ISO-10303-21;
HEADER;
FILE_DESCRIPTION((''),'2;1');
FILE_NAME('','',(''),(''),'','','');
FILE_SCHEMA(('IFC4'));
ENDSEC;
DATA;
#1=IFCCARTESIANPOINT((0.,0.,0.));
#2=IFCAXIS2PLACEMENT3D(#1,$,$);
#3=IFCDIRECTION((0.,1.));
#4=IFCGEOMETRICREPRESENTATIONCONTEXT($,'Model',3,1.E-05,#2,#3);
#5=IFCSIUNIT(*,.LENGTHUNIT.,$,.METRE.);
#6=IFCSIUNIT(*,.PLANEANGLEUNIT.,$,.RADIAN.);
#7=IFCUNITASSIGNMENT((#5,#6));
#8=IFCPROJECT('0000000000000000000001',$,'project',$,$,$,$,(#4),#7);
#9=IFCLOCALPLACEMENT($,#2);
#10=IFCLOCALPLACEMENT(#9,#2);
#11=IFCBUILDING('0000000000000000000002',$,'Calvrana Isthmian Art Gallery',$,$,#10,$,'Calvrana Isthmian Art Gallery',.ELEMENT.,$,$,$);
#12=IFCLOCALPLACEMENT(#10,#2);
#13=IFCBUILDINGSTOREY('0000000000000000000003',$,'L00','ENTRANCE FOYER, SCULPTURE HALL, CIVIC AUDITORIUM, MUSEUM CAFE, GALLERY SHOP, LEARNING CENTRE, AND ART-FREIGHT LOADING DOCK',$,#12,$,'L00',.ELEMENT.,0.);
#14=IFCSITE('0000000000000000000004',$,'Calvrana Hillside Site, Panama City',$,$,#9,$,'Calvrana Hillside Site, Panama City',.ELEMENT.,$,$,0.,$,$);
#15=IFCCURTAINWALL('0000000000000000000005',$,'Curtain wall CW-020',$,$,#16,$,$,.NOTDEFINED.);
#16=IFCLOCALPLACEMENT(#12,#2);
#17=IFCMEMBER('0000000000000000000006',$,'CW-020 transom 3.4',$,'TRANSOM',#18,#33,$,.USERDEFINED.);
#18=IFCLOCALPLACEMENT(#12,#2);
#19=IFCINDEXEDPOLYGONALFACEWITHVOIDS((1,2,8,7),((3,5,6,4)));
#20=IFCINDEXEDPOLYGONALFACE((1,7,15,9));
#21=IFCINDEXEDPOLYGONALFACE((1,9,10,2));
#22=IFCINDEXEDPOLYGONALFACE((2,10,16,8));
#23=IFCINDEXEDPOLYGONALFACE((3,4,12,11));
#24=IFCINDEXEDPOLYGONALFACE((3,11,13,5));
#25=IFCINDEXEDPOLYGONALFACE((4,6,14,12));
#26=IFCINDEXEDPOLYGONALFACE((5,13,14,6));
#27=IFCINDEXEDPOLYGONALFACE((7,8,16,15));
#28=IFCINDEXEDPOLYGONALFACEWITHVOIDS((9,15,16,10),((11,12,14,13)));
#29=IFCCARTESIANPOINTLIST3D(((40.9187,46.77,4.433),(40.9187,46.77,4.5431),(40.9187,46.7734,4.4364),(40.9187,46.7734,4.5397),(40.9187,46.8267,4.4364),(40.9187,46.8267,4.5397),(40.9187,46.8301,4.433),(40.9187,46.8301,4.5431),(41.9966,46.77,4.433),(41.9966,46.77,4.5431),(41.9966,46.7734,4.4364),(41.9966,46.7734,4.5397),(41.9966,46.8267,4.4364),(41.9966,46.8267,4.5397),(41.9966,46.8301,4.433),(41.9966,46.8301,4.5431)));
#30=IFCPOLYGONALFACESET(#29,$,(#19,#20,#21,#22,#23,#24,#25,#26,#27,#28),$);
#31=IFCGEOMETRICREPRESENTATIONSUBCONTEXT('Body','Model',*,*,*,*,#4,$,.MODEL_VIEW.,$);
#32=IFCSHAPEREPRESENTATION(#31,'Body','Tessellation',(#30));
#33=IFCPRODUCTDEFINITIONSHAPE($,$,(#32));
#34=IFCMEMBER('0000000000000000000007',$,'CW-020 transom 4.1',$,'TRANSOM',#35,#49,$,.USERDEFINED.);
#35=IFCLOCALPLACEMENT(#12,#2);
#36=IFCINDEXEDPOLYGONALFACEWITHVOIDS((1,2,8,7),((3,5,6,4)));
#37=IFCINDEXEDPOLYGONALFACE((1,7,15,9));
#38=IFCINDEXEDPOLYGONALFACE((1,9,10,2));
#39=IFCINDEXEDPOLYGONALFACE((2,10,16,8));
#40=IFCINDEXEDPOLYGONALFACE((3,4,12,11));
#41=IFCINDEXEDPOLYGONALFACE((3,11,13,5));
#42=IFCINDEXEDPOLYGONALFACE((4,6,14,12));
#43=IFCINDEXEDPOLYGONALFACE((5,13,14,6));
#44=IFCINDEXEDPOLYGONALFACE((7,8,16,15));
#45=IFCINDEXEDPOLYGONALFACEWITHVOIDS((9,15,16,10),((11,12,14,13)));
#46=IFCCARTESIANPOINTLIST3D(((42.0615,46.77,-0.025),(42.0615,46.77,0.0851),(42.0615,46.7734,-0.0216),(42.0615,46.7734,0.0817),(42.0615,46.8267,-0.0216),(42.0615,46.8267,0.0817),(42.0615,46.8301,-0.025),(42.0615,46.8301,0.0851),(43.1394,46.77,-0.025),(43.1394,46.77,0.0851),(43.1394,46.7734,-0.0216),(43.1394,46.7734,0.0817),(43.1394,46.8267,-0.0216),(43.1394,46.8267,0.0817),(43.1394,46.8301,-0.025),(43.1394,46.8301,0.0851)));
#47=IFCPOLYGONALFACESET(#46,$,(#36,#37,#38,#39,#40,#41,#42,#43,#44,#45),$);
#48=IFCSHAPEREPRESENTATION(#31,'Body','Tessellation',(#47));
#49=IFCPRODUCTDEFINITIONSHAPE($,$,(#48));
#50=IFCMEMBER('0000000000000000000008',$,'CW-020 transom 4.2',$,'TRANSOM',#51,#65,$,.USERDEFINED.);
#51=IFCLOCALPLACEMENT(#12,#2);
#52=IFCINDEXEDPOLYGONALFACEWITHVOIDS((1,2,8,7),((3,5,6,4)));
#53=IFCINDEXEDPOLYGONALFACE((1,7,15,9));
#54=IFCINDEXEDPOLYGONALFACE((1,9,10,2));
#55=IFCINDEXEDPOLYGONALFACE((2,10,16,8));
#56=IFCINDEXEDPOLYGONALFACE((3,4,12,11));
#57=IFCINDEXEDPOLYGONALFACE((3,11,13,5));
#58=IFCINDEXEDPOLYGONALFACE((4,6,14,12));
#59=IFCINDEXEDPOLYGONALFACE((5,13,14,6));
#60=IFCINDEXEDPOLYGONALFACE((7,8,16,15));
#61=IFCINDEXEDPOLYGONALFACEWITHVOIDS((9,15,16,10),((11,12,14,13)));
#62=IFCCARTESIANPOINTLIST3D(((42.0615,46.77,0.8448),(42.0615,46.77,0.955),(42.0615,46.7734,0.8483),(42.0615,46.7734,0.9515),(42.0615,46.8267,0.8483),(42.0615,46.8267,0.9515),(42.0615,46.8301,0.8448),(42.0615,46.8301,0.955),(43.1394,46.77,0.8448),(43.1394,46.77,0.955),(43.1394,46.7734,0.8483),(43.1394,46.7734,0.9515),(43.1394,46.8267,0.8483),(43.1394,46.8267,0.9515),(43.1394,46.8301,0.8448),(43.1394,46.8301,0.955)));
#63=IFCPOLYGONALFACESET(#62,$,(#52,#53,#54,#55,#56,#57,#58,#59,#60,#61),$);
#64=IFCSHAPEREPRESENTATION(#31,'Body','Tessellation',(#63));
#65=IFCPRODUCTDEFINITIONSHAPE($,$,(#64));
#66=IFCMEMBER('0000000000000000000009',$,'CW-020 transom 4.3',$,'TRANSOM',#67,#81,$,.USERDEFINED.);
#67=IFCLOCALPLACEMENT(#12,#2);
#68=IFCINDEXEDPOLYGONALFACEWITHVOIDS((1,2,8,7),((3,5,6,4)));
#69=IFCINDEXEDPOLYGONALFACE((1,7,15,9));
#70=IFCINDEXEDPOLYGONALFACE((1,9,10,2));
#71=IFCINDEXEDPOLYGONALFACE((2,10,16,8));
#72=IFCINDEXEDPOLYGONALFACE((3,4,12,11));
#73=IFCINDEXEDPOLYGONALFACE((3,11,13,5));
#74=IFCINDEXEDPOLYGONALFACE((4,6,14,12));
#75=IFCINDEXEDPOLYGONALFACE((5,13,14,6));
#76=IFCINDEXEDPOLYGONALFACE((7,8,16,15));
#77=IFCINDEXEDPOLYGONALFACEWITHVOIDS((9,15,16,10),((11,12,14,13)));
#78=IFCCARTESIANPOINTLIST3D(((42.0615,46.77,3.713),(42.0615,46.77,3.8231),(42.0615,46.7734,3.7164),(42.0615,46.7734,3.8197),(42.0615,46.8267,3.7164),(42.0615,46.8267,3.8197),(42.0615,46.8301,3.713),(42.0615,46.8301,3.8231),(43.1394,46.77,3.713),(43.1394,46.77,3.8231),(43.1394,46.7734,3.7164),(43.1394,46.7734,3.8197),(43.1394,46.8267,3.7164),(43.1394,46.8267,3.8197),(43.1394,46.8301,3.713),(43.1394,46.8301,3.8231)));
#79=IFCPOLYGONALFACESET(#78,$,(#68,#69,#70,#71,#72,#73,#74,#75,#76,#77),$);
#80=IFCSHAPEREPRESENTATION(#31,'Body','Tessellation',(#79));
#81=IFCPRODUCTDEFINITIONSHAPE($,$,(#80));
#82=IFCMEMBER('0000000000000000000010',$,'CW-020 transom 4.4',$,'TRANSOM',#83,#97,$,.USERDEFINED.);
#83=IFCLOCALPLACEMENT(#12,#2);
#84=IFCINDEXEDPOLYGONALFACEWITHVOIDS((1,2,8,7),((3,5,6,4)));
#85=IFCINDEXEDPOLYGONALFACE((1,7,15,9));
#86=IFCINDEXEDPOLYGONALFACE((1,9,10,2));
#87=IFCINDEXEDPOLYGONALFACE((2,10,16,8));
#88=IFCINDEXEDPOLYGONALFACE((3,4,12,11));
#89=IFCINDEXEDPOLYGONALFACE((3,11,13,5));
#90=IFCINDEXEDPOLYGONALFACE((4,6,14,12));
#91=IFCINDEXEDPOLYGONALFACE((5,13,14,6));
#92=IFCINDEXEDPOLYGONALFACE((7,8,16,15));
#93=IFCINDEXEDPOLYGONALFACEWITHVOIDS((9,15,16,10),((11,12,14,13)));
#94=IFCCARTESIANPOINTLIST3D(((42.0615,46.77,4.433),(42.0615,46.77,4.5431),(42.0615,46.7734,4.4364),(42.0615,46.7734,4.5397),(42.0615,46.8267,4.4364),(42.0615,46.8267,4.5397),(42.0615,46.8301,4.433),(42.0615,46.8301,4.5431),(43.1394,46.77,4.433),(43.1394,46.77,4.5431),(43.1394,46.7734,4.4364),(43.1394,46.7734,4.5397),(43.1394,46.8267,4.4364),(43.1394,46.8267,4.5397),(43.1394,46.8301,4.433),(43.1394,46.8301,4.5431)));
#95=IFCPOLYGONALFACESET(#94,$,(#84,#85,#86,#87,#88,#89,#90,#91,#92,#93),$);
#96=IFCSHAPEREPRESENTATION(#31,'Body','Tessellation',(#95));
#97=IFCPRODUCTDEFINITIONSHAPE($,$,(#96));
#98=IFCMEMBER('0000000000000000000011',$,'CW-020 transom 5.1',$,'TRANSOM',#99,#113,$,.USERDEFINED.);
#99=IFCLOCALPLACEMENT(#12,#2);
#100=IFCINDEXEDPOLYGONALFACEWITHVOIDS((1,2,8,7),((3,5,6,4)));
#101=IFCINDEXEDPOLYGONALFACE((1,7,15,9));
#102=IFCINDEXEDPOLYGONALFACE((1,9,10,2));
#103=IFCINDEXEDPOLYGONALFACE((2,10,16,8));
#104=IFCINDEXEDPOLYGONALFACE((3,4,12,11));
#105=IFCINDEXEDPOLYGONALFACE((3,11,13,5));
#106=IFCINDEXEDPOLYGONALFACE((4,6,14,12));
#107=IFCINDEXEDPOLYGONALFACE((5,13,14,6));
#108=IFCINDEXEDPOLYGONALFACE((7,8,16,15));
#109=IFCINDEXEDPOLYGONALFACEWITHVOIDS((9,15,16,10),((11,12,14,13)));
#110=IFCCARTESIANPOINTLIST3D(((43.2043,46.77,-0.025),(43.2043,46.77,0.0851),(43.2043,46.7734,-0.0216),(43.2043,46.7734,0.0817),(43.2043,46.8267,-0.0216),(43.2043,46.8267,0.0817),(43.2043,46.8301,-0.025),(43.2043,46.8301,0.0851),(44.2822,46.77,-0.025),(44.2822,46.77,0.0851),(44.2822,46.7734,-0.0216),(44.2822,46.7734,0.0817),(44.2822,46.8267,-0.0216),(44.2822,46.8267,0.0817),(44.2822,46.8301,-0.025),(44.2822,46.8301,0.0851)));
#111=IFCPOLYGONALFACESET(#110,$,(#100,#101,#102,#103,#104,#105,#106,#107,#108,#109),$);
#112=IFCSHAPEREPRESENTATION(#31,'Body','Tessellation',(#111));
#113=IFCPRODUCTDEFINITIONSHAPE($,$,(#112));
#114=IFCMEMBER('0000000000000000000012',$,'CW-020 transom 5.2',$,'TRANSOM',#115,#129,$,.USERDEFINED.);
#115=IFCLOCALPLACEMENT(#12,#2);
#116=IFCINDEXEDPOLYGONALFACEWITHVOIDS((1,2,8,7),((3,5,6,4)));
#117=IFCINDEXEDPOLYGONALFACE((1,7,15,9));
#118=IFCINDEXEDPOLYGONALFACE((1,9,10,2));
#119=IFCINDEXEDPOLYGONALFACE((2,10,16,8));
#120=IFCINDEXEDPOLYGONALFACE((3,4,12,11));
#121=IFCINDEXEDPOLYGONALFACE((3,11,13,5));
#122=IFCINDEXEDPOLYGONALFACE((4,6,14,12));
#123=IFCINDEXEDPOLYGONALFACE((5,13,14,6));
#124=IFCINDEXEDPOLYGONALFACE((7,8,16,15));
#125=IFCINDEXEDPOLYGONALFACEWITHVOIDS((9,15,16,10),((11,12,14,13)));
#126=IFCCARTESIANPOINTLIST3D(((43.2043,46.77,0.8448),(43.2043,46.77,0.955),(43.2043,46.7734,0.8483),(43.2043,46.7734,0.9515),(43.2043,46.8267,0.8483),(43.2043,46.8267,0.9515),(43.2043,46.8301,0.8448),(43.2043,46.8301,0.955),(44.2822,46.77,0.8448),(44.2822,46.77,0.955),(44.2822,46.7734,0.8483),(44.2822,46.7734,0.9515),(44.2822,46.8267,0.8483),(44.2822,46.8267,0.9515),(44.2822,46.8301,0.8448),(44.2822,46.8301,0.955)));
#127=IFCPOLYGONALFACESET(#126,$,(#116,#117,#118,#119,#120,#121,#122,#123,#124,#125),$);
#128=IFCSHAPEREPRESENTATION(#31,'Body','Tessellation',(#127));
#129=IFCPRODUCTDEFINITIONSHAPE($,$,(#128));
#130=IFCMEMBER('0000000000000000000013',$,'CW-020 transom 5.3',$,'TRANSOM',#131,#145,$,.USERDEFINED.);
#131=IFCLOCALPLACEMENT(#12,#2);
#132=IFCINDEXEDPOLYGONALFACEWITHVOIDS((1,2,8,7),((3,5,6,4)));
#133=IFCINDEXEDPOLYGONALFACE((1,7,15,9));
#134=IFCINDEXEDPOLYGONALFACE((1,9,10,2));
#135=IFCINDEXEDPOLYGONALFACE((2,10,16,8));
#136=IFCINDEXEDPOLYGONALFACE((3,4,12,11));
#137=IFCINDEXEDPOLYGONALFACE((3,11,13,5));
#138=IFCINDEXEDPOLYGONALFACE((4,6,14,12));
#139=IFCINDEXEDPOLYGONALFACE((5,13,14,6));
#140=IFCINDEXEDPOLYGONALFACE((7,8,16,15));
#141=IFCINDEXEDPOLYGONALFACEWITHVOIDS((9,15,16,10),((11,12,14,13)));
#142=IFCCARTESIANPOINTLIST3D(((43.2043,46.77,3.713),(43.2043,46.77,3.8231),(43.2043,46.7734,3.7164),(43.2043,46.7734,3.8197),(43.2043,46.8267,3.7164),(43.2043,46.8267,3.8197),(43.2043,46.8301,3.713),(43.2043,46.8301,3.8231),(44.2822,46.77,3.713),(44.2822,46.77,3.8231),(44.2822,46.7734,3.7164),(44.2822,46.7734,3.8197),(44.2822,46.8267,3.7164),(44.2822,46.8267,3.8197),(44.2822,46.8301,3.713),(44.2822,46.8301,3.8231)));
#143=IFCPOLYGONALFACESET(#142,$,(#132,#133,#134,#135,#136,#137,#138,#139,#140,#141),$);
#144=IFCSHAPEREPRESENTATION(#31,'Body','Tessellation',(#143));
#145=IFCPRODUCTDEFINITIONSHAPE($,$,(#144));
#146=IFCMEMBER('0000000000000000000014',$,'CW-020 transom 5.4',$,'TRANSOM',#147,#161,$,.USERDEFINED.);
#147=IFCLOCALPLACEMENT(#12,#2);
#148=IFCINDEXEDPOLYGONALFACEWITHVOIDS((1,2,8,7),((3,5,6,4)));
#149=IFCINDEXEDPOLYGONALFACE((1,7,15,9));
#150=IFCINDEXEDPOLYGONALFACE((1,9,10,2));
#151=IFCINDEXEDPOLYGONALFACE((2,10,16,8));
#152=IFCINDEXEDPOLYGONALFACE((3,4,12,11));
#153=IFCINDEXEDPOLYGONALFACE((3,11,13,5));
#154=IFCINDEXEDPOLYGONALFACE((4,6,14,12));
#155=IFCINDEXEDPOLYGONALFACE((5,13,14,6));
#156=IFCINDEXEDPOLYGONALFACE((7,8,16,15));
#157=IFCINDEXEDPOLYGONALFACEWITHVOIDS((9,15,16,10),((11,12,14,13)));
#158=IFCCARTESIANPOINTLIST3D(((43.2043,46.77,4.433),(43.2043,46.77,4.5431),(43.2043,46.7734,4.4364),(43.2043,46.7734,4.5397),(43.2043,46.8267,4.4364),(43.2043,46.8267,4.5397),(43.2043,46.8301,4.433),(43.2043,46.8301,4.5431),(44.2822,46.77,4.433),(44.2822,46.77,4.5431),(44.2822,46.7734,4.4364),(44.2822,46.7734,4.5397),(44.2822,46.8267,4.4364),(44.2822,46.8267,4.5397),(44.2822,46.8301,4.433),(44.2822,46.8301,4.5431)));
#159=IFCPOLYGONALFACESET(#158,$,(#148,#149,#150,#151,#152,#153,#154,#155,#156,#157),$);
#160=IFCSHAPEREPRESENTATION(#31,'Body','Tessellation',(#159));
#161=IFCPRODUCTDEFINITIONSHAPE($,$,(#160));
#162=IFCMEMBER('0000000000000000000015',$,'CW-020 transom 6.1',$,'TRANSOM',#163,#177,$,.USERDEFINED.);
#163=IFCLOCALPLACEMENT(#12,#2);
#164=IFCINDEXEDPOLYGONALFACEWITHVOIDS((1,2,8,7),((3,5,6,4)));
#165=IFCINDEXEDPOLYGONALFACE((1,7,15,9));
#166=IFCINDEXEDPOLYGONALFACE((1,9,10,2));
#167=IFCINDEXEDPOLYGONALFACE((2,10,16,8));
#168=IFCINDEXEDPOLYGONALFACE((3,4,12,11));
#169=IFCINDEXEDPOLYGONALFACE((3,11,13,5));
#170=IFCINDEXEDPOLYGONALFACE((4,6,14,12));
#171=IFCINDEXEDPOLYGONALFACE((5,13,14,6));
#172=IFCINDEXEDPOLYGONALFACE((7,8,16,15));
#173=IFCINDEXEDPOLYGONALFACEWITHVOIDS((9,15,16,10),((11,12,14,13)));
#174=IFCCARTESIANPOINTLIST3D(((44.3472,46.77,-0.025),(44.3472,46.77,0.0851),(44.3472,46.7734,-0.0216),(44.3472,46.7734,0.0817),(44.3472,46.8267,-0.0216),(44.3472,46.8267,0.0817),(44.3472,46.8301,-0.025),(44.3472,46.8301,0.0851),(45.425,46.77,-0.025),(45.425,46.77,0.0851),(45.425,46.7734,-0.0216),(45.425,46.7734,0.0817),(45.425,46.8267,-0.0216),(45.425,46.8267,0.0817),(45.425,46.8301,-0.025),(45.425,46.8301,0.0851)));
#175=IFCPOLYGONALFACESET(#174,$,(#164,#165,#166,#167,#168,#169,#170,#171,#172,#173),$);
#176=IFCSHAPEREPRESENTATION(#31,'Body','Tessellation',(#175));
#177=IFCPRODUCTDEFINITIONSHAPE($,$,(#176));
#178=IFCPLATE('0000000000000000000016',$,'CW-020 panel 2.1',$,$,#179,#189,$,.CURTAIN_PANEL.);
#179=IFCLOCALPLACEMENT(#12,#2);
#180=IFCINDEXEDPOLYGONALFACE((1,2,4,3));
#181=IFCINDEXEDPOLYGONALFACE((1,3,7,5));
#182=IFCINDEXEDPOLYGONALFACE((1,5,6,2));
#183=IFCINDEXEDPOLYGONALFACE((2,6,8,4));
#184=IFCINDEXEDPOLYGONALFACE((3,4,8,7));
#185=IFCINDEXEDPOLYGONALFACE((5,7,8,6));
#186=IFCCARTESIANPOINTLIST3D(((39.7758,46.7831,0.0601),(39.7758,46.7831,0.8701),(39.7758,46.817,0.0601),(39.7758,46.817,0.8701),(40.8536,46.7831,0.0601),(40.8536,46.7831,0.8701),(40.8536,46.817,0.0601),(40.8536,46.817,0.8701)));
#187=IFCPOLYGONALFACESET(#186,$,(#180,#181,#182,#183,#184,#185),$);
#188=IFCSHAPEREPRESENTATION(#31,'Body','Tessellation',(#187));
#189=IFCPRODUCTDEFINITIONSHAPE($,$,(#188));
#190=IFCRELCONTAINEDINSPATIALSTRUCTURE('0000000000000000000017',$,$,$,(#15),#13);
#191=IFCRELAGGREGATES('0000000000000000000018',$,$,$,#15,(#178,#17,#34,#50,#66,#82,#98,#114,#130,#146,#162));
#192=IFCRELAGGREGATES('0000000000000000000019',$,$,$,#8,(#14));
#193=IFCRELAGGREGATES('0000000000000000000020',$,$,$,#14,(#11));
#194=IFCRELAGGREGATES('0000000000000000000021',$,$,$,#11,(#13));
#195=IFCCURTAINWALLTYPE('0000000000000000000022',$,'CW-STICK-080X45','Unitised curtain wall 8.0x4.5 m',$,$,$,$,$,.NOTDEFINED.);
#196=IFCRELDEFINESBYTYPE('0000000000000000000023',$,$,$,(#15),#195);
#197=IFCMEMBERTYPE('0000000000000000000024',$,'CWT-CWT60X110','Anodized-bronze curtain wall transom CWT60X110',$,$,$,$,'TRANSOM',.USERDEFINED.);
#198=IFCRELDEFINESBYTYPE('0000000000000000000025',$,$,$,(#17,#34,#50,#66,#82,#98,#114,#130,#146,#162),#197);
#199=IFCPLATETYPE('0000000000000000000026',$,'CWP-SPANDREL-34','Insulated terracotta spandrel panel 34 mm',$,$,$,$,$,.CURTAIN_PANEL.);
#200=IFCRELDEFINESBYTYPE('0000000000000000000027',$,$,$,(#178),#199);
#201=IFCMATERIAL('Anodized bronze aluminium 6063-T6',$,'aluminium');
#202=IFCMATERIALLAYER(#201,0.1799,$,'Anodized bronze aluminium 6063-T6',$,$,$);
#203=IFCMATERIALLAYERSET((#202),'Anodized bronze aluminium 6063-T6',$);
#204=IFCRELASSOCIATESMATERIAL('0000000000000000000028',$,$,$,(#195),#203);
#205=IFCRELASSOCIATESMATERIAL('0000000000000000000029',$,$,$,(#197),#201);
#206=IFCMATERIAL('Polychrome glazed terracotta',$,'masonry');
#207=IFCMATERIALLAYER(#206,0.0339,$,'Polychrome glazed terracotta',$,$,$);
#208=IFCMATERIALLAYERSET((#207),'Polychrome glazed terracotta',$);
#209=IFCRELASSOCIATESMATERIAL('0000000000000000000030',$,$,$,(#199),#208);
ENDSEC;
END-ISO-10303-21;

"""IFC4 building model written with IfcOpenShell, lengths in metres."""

from ifc_helpers import new_model, si_unit, direction, frame, origin, origin_2d, place, context, subcontext, project, spatial, rectangle, hollow_rectangle, extrude, material, layer, layer_set, material_profile, profile_set, type_object, element, aggregate, save


model = new_model("IFC4")

# Units and contexts
model_context = context("Model", 3, precision=1e-05, world=origin(), true_north=direction((0.0, 1.0)))
body_context = subcontext(model_context, "Body", "Model", "MODEL_VIEW")
ifc_project = project(units=[si_unit("LENGTHUNIT", "METRE"), si_unit("PLANEANGLEUNIT", "RADIAN")], contexts=[model_context])

# Site, building, storey
site_placement = place(None, origin())
site = spatial("IfcSite", under=ifc_project, at=site_placement, Name="Calvrana Hillside Site, Panama City", LongName="Calvrana Hillside Site, Panama City", CompositionType="ELEMENT", RefElevation=0.0)
building_placement = place(site_placement, origin())
building = spatial("IfcBuilding", under=site, at=building_placement, Name="Calvrana Isthmian Art Gallery", LongName="Calvrana Isthmian Art Gallery", CompositionType="ELEMENT")
storey_placement = place(building_placement, origin())
storey = spatial("IfcBuildingStorey", under=building, at=storey_placement, Name="L00", Description="ENTRANCE FOYER, SCULPTURE HALL, CIVIC AUDITORIUM, MUSEUM CAFE, GALLERY SHOP, LEARNING CENTRE, AND ART-FREIGHT LOADING DOCK", LongName="L00", CompositionType="ELEMENT", Elevation=0.0)

# Curtain wall, members, plate
ifc_material_1 = material(Name="Anodized bronze aluminium 6063-T6", Category="aluminium")
ifc_layer_1 = layer(ifc_material_1, 0.1799, Name="Anodized bronze aluminium 6063-T6")
ifc_layer_set_1 = layer_set([ifc_layer_1], Name="Anodized bronze aluminium 6063-T6")
curtain_wall_type = type_object("IfcCurtainWallType", Name="CW-STICK-080X45", Description="Unitised curtain wall 8.0x4.5 m", PredefinedType="NOTDEFINED", material=ifc_layer_set_1)
curtain_wall_placement = place(storey_placement, origin())
curtain_wall = element("IfcCurtainWall", 1, at=curtain_wall_placement, inside=storey, type_object=curtain_wall_type, Name="Curtain wall CW-020", PredefinedType="NOTDEFINED")
ifc_material_profile_1 = material_profile(ifc_material_1, hollow_rectangle(XDim=0.0601, YDim=0.1101, WallThickness=0.0034, at=origin_2d()), Name="CWT60X110")
ifc_profile_set_1 = profile_set([ifc_material_profile_1], Name="Anodized bronze aluminium 6063-T6")
member_type_1 = type_object("IfcMemberType", Name="CWT-CWT60X110", Description="Anodized-bronze curtain wall transom CWT60X110", ElementType="TRANSOM", PredefinedType="USERDEFINED", material=ifc_profile_set_1)
member_1_placement = place(storey_placement, frame((40.9187, 46.8, 4.488), z_axis=(1.0, 0.0, 0.0), x_axis=(0.0, 1.0, 0.0)))
member_1 = element("IfcMember", 2, at=member_1_placement, type_object=member_type_1, Name="CW-020 transom 3.4", ObjectType="TRANSOM", PredefinedType="USERDEFINED", context=body_context, shape_type="SweptSolid", body=[
    extrude(hollow_rectangle(XDim=0.0601, YDim=0.1101, WallThickness=0.0034, at=origin_2d()), origin(), (0.0, 0.0, 1.0), 1.0779),
])
member_2_placement = place(storey_placement, frame((42.0615, 46.8, 0.03), z_axis=(1.0, 0.0, 0.0), x_axis=(0.0, 1.0, 0.0)))
member_2 = element("IfcMember", 3, at=member_2_placement, type_object=member_type_1, Name="CW-020 transom 4.1", ObjectType="TRANSOM", PredefinedType="USERDEFINED", context=body_context, shape_type="SweptSolid", body=[
    extrude(hollow_rectangle(XDim=0.0601, YDim=0.1101, WallThickness=0.0034, at=origin_2d()), origin(), (0.0, 0.0, 1.0), 1.0779),
])
member_3_placement = place(storey_placement, frame((42.0615, 46.8, 0.8999), z_axis=(1.0, 0.0, 0.0), x_axis=(0.0, 1.0, 0.0)))
member_3 = element("IfcMember", 4, at=member_3_placement, type_object=member_type_1, Name="CW-020 transom 4.2", ObjectType="TRANSOM", PredefinedType="USERDEFINED", context=body_context, shape_type="SweptSolid", body=[
    extrude(hollow_rectangle(XDim=0.0601, YDim=0.1101, WallThickness=0.0034, at=origin_2d()), origin(), (0.0, 0.0, 1.0), 1.0779),
])
member_4_placement = place(storey_placement, frame((42.0615, 46.8, 3.7681), z_axis=(1.0, 0.0, 0.0), x_axis=(0.0, 1.0, 0.0)))
member_4 = element("IfcMember", 5, at=member_4_placement, type_object=member_type_1, Name="CW-020 transom 4.3", ObjectType="TRANSOM", PredefinedType="USERDEFINED", context=body_context, shape_type="SweptSolid", body=[
    extrude(hollow_rectangle(XDim=0.0601, YDim=0.1101, WallThickness=0.0034, at=origin_2d()), origin(), (0.0, 0.0, 1.0), 1.0779),
])
member_5_placement = place(storey_placement, frame((42.0615, 46.8, 4.488), z_axis=(1.0, 0.0, 0.0), x_axis=(0.0, 1.0, 0.0)))
member_5 = element("IfcMember", 6, at=member_5_placement, type_object=member_type_1, Name="CW-020 transom 4.4", ObjectType="TRANSOM", PredefinedType="USERDEFINED", context=body_context, shape_type="SweptSolid", body=[
    extrude(hollow_rectangle(XDim=0.0601, YDim=0.1101, WallThickness=0.0034, at=origin_2d()), origin(), (0.0, 0.0, 1.0), 1.0779),
])
member_6_placement = place(storey_placement, frame((43.2043, 46.8, 0.03), z_axis=(1.0, 0.0, 0.0), x_axis=(0.0, 1.0, 0.0)))
member_6 = element("IfcMember", 7, at=member_6_placement, type_object=member_type_1, Name="CW-020 transom 5.1", ObjectType="TRANSOM", PredefinedType="USERDEFINED", context=body_context, shape_type="SweptSolid", body=[
    extrude(hollow_rectangle(XDim=0.0601, YDim=0.1101, WallThickness=0.0034, at=origin_2d()), origin(), (0.0, 0.0, 1.0), 1.0779),
])
member_7_placement = place(storey_placement, frame((43.2043, 46.8, 0.8999), z_axis=(1.0, 0.0, 0.0), x_axis=(0.0, 1.0, 0.0)))
member_7 = element("IfcMember", 8, at=member_7_placement, type_object=member_type_1, Name="CW-020 transom 5.2", ObjectType="TRANSOM", PredefinedType="USERDEFINED", context=body_context, shape_type="SweptSolid", body=[
    extrude(hollow_rectangle(XDim=0.0601, YDim=0.1101, WallThickness=0.0034, at=origin_2d()), origin(), (0.0, 0.0, 1.0), 1.0779),
])
member_8_placement = place(storey_placement, frame((43.2043, 46.8, 3.7681), z_axis=(1.0, 0.0, 0.0), x_axis=(0.0, 1.0, 0.0)))
member_8 = element("IfcMember", 9, at=member_8_placement, type_object=member_type_1, Name="CW-020 transom 5.3", ObjectType="TRANSOM", PredefinedType="USERDEFINED", context=body_context, shape_type="SweptSolid", body=[
    extrude(hollow_rectangle(XDim=0.0601, YDim=0.1101, WallThickness=0.0034, at=origin_2d()), origin(), (0.0, 0.0, 1.0), 1.0779),
])
member_9_placement = place(storey_placement, frame((43.2043, 46.8, 4.488), z_axis=(1.0, 0.0, 0.0), x_axis=(0.0, 1.0, 0.0)))
member_9 = element("IfcMember", 10, at=member_9_placement, type_object=member_type_1, Name="CW-020 transom 5.4", ObjectType="TRANSOM", PredefinedType="USERDEFINED", context=body_context, shape_type="SweptSolid", body=[
    extrude(hollow_rectangle(XDim=0.0601, YDim=0.1101, WallThickness=0.0034, at=origin_2d()), origin(), (0.0, 0.0, 1.0), 1.0779),
])
member_10_placement = place(storey_placement, frame((44.3472, 46.8, 0.03), z_axis=(1.0, 0.0, 0.0), x_axis=(0.0, 1.0, 0.0)))
member_10 = element("IfcMember", 11, at=member_10_placement, type_object=member_type_1, Name="CW-020 transom 6.1", ObjectType="TRANSOM", PredefinedType="USERDEFINED", context=body_context, shape_type="SweptSolid", body=[
    extrude(hollow_rectangle(XDim=0.0601, YDim=0.1101, WallThickness=0.0034, at=origin_2d()), origin(), (0.0, 0.0, 1.0), 1.0779),
])
ifc_material_2 = material(Name="Polychrome glazed terracotta", Category="masonry")
ifc_layer_2 = layer(ifc_material_2, 0.0339, Name="Polychrome glazed terracotta")
ifc_layer_set_2 = layer_set([ifc_layer_2], Name="Polychrome glazed terracotta")
plate_type = type_object("IfcPlateType", Name="CWP-SPANDREL-34", Description="Insulated terracotta spandrel panel 34 mm", PredefinedType="CURTAIN_PANEL", material=ifc_layer_set_2)
plate_1_placement = place(storey_placement, frame((40.3147, 46.8, 0.0601), z_axis=(0.0, 0.0, 1.0), x_axis=(1.0, 0.0, 0.0)))
plate_1 = element("IfcPlate", 12, at=plate_1_placement, type_object=plate_type, Name="CW-020 panel 2.1", PredefinedType="CURTAIN_PANEL", context=body_context, shape_type="SweptSolid", body=[
    extrude(rectangle(XDim=1.0779, YDim=0.0339, at=origin_2d()), origin(), (0.0, 0.0, 1.0), 0.8101),
])
aggregate(curtain_wall, [plate_1, member_1, member_2, member_3, member_4, member_5, member_6, member_7, member_8, member_9, member_10])

save(model, "model.ifc")
